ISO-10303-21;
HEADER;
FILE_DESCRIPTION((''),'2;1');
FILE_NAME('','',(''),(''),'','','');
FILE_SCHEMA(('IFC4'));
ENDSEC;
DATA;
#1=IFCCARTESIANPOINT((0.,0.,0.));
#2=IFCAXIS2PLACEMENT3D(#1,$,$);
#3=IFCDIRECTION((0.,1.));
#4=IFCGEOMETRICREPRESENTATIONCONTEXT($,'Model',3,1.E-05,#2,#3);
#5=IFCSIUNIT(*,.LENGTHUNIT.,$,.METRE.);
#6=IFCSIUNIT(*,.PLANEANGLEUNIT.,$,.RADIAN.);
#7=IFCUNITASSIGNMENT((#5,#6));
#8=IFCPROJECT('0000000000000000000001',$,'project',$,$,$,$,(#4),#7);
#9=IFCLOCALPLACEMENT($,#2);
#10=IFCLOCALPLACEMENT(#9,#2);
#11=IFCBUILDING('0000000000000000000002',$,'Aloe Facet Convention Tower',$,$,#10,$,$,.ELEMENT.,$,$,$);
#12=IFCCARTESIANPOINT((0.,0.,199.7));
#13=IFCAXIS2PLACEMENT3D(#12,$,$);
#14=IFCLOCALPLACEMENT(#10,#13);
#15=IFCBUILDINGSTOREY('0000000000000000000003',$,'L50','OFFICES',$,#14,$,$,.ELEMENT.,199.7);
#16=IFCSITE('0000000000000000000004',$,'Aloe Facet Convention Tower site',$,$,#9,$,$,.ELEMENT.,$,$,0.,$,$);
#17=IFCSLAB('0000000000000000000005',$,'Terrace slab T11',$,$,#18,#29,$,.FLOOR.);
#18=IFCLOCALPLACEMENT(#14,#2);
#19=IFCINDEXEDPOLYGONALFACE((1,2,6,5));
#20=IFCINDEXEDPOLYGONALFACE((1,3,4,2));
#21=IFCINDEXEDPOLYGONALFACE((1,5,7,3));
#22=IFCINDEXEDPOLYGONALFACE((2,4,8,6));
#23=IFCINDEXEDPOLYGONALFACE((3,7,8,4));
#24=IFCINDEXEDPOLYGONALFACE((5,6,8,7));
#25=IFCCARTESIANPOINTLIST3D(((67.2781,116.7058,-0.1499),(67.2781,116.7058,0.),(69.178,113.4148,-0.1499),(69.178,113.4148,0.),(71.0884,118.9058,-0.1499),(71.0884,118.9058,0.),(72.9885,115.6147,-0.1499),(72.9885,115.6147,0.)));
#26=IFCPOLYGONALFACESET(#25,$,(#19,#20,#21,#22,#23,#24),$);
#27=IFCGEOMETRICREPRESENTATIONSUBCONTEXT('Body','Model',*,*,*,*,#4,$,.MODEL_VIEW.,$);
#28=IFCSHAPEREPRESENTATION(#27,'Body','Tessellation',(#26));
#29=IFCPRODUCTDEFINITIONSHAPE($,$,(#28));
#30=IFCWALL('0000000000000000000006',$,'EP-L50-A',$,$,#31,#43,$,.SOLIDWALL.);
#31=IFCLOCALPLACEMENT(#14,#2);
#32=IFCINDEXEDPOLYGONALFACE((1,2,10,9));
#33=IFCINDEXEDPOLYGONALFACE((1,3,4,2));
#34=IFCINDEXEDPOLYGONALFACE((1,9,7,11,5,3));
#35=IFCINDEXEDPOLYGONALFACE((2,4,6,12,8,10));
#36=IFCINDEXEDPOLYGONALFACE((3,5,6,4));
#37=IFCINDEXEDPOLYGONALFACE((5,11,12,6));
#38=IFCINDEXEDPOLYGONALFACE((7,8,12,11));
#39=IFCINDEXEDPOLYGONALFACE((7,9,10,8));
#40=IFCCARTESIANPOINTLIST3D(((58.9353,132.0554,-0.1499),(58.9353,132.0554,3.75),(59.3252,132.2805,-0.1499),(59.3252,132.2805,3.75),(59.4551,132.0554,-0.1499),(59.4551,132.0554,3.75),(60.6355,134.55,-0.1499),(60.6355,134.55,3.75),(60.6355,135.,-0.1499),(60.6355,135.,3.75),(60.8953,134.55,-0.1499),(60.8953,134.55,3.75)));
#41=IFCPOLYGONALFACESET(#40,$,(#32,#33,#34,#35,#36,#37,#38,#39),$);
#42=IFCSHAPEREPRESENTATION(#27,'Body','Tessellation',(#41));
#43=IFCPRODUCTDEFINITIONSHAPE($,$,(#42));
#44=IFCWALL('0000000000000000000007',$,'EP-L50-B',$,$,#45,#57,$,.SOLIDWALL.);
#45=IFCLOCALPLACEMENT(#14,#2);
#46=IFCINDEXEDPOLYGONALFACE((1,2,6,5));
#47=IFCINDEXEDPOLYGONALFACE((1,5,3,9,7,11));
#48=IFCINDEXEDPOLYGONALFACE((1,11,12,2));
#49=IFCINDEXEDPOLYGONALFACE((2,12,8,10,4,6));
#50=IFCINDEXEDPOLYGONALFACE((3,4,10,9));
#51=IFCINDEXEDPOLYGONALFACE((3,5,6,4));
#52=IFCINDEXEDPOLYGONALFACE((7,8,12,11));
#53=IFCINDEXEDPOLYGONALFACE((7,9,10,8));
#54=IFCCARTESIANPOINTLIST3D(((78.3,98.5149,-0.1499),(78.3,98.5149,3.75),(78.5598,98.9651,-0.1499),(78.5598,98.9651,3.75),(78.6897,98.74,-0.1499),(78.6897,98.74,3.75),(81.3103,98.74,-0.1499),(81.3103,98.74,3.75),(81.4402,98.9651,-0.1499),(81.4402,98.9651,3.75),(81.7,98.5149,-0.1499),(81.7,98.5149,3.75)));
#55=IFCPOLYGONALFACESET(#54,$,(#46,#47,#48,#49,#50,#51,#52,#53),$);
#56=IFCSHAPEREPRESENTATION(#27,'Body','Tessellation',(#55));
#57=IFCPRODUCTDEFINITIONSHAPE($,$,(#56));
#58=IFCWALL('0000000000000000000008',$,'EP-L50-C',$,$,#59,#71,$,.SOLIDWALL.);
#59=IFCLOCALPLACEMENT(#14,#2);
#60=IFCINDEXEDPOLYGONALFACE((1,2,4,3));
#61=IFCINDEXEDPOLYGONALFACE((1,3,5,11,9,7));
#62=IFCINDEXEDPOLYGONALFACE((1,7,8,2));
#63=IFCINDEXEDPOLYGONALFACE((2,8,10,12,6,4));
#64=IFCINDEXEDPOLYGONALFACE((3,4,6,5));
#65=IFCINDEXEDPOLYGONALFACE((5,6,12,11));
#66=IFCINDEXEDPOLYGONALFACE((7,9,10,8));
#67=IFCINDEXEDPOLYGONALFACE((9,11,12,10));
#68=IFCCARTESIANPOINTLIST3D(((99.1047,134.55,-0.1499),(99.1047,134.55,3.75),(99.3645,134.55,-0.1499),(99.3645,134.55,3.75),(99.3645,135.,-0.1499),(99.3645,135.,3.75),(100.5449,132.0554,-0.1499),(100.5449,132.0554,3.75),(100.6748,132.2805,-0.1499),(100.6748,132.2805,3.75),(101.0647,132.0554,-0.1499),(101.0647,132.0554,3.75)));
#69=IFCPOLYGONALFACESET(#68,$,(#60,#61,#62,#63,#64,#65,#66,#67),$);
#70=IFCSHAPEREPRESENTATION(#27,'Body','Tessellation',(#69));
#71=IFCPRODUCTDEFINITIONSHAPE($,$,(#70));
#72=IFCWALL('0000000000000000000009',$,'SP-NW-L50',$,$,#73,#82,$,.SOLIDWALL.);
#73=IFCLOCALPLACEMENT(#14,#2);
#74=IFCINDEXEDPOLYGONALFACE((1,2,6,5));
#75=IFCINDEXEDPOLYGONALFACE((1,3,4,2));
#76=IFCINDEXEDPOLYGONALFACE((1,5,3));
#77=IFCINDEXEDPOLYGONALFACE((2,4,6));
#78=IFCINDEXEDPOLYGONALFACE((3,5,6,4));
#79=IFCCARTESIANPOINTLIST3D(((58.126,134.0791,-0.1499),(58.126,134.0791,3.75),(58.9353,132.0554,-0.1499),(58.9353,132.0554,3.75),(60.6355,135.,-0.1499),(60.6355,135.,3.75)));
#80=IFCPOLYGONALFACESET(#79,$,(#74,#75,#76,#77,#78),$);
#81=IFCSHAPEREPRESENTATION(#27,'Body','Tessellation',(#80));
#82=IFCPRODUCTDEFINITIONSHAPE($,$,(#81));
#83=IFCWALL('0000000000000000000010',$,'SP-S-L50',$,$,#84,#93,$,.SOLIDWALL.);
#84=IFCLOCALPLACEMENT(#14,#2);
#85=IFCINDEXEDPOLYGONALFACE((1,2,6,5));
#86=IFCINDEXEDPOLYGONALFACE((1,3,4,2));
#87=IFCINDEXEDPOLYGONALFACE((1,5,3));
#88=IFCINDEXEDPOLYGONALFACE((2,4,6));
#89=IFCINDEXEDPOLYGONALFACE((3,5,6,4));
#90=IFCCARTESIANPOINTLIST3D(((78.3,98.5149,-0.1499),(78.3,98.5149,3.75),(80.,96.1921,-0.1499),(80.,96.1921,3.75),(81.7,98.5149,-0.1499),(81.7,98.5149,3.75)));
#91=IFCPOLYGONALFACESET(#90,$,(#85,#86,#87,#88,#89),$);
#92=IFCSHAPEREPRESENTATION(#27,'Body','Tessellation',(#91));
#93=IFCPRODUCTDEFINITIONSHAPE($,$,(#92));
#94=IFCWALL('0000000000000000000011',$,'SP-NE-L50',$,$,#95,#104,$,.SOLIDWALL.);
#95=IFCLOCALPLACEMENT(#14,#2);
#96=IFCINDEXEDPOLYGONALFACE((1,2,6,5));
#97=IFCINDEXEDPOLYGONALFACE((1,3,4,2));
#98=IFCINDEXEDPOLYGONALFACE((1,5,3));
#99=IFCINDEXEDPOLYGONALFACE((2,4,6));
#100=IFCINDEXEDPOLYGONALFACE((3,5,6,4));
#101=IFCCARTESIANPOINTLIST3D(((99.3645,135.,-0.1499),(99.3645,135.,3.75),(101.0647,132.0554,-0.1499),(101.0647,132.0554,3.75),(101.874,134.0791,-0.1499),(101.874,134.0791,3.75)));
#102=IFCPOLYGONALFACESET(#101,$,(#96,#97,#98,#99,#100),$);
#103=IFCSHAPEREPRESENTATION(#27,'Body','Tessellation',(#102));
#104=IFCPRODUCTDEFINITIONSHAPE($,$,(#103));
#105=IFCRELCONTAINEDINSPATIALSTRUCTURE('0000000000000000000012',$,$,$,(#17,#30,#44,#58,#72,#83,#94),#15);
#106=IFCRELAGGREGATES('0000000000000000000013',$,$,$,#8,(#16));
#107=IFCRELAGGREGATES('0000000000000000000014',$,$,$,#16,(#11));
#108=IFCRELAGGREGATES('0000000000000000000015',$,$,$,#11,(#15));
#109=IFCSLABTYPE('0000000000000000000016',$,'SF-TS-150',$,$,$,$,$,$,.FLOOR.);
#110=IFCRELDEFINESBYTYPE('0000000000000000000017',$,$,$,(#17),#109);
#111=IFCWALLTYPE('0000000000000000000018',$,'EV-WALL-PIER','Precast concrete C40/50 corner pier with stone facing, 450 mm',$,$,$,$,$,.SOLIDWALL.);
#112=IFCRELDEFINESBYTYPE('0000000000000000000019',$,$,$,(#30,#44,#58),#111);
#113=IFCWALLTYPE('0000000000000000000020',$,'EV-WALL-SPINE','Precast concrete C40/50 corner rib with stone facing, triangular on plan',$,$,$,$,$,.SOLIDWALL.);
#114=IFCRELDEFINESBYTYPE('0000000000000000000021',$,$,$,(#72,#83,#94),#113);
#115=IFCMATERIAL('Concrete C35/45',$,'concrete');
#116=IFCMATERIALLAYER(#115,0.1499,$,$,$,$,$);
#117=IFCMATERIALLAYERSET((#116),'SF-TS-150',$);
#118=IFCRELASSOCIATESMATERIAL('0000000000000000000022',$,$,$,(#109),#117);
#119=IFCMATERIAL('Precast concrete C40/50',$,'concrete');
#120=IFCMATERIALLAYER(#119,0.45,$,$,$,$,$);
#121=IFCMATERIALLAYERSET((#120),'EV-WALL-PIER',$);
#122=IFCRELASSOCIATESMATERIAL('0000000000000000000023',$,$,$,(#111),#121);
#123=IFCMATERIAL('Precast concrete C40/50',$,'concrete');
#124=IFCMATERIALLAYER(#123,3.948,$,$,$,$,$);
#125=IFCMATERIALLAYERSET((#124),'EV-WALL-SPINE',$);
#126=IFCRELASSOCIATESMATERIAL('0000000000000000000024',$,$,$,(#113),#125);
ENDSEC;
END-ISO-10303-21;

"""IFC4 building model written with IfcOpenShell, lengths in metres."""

from ifc_helpers import new_model, si_unit, direction, frame, origin, place, context, subcontext, project, spatial, polyline, outline, extrude, material, layer, layer_set, type_object, element, save


model = new_model("IFC4")

# Units and contexts
model_context = context("Model", 3, precision=1e-05, world=origin(), true_north=direction((0.0, 1.0)))
body_context = subcontext(model_context, "Body", "Model", "MODEL_VIEW")
ifc_project = project(units=[si_unit("LENGTHUNIT", "METRE"), si_unit("PLANEANGLEUNIT", "RADIAN")], contexts=[model_context])

# Site, building, storey
site_placement = place(None, origin())
site = spatial("IfcSite", under=ifc_project, at=site_placement, Name="Aloe Facet Convention Tower site", CompositionType="ELEMENT", RefElevation=0.0)
building_placement = place(site_placement, origin())
building = spatial("IfcBuilding", under=site, at=building_placement, Name="Aloe Facet Convention Tower", CompositionType="ELEMENT")
storey_placement = place(building_placement, frame((0.0, 0.0, 199.7)))
storey = spatial("IfcBuildingStorey", under=building, at=storey_placement, Name="L50", Description="OFFICES", CompositionType="ELEMENT", Elevation=199.7)

# Slab
ifc_material_1 = material(Name="Concrete C35/45", Category="concrete")
ifc_layer_1 = layer(ifc_material_1, 0.1499)
ifc_layer_set_1 = layer_set([ifc_layer_1], Name="SF-TS-150")
slab_type_1 = type_object("IfcSlabType", Name="SF-TS-150", PredefinedType="FLOOR", material=ifc_layer_set_1)
slab_1_placement = place(storey_placement, frame((0.0, 0.0, -0.1499)))
element("IfcSlab", 1, at=slab_1_placement, inside=storey, type_object=slab_type_1, Name="Terrace slab T11", PredefinedType="FLOOR", context=body_context, shape_type="SweptSolid", body=[
    extrude(outline(polyline([(67.2781, 116.7058), (71.0884, 118.9058), (72.9885, 115.6147), (69.178, 113.4148), (67.2781, 116.7058)])), origin(), (0.0, 0.0, 1.0), 0.1499),
])

# Walls
ifc_material_2 = material(Name="Precast concrete C40/50", Category="concrete")
ifc_layer_2 = layer(ifc_material_2, 0.45)
ifc_layer_set_2 = layer_set([ifc_layer_2], Name="EV-WALL-PIER")
wall_type_1 = type_object("IfcWallType", Name="EV-WALL-PIER", Description="Precast concrete C40/50 corner pier with stone facing, 450 mm", PredefinedType="SOLIDWALL", material=ifc_layer_set_2)
wall_1_placement = place(storey_placement, frame((0.0, 0.0, -0.1499)))
element("IfcWall", 2, at=wall_1_placement, inside=storey, type_object=wall_type_1, Name="EP-L50-A", PredefinedType="SOLIDWALL", context=body_context, shape_type="SweptSolid", body=[
    extrude(outline(polyline([(60.6355, 135.0), (60.6355, 134.55), (60.8953, 134.55), (59.4551, 132.0554), (59.3252, 132.2805), (58.9353, 132.0554), (60.6355, 135.0)])), origin(), (0.0, 0.0, 1.0), 3.8999),
])
wall_2_placement = place(storey_placement, frame((0.0, 0.0, -0.1499)))
element("IfcWall", 3, at=wall_2_placement, inside=storey, type_object=wall_type_1, Name="EP-L50-B", PredefinedType="SOLIDWALL", context=body_context, shape_type="SweptSolid", body=[
    extrude(outline(polyline([(78.3, 98.5149), (78.6897, 98.74), (78.5598, 98.9651), (81.4402, 98.9651), (81.3103, 98.74), (81.7, 98.5149), (78.3, 98.5149)])), origin(), (0.0, 0.0, 1.0), 3.8999),
])
wall_3_placement = place(storey_placement, frame((0.0, 0.0, -0.1499)))
element("IfcWall", 4, at=wall_3_placement, inside=storey, type_object=wall_type_1, Name="EP-L50-C", PredefinedType="SOLIDWALL", context=body_context, shape_type="SweptSolid", body=[
    extrude(outline(polyline([(101.0647, 132.0554), (100.6748, 132.2805), (100.5449, 132.0554), (99.1047, 134.55), (99.3645, 134.55), (99.3645, 135.0), (101.0647, 132.0554)])), origin(), (0.0, 0.0, 1.0), 3.8999),
])
ifc_material_3 = material(Name="Precast concrete C40/50", Category="concrete")
ifc_layer_3 = layer(ifc_material_3, 3.948)
ifc_layer_set_3 = layer_set([ifc_layer_3], Name="EV-WALL-SPINE")
wall_type_2 = type_object("IfcWallType", Name="EV-WALL-SPINE", Description="Precast concrete C40/50 corner rib with stone facing, triangular on plan", PredefinedType="SOLIDWALL", material=ifc_layer_set_3)
wall_4_placement = place(storey_placement, frame((0.0, 0.0, -0.1499)))
element("IfcWall", 5, at=wall_4_placement, inside=storey, type_object=wall_type_2, Name="SP-NW-L50", PredefinedType="SOLIDWALL", context=body_context, shape_type="SweptSolid", body=[
    extrude(outline(polyline([(60.6355, 135.0), (58.126, 134.0791), (58.9353, 132.0554), (60.6355, 135.0)])), origin(), (0.0, 0.0, 1.0), 3.8999),
])
wall_5_placement = place(storey_placement, frame((0.0, 0.0, -0.1499)))
element("IfcWall", 6, at=wall_5_placement, inside=storey, type_object=wall_type_2, Name="SP-S-L50", PredefinedType="SOLIDWALL", context=body_context, shape_type="SweptSolid", body=[
    extrude(outline(polyline([(78.3, 98.5149), (80.0, 96.1921), (81.7, 98.5149), (78.3, 98.5149)])), origin(), (0.0, 0.0, 1.0), 3.8999),
])
wall_6_placement = place(storey_placement, frame((0.0, 0.0, -0.1499)))
element("IfcWall", 7, at=wall_6_placement, inside=storey, type_object=wall_type_2, Name="SP-NE-L50", PredefinedType="SOLIDWALL", context=body_context, shape_type="SweptSolid", body=[
    extrude(outline(polyline([(101.0647, 132.0554), (101.874, 134.0791), (99.3645, 135.0), (101.0647, 132.0554)])), origin(), (0.0, 0.0, 1.0), 3.8999),
])

save(model, "model.ifc")
